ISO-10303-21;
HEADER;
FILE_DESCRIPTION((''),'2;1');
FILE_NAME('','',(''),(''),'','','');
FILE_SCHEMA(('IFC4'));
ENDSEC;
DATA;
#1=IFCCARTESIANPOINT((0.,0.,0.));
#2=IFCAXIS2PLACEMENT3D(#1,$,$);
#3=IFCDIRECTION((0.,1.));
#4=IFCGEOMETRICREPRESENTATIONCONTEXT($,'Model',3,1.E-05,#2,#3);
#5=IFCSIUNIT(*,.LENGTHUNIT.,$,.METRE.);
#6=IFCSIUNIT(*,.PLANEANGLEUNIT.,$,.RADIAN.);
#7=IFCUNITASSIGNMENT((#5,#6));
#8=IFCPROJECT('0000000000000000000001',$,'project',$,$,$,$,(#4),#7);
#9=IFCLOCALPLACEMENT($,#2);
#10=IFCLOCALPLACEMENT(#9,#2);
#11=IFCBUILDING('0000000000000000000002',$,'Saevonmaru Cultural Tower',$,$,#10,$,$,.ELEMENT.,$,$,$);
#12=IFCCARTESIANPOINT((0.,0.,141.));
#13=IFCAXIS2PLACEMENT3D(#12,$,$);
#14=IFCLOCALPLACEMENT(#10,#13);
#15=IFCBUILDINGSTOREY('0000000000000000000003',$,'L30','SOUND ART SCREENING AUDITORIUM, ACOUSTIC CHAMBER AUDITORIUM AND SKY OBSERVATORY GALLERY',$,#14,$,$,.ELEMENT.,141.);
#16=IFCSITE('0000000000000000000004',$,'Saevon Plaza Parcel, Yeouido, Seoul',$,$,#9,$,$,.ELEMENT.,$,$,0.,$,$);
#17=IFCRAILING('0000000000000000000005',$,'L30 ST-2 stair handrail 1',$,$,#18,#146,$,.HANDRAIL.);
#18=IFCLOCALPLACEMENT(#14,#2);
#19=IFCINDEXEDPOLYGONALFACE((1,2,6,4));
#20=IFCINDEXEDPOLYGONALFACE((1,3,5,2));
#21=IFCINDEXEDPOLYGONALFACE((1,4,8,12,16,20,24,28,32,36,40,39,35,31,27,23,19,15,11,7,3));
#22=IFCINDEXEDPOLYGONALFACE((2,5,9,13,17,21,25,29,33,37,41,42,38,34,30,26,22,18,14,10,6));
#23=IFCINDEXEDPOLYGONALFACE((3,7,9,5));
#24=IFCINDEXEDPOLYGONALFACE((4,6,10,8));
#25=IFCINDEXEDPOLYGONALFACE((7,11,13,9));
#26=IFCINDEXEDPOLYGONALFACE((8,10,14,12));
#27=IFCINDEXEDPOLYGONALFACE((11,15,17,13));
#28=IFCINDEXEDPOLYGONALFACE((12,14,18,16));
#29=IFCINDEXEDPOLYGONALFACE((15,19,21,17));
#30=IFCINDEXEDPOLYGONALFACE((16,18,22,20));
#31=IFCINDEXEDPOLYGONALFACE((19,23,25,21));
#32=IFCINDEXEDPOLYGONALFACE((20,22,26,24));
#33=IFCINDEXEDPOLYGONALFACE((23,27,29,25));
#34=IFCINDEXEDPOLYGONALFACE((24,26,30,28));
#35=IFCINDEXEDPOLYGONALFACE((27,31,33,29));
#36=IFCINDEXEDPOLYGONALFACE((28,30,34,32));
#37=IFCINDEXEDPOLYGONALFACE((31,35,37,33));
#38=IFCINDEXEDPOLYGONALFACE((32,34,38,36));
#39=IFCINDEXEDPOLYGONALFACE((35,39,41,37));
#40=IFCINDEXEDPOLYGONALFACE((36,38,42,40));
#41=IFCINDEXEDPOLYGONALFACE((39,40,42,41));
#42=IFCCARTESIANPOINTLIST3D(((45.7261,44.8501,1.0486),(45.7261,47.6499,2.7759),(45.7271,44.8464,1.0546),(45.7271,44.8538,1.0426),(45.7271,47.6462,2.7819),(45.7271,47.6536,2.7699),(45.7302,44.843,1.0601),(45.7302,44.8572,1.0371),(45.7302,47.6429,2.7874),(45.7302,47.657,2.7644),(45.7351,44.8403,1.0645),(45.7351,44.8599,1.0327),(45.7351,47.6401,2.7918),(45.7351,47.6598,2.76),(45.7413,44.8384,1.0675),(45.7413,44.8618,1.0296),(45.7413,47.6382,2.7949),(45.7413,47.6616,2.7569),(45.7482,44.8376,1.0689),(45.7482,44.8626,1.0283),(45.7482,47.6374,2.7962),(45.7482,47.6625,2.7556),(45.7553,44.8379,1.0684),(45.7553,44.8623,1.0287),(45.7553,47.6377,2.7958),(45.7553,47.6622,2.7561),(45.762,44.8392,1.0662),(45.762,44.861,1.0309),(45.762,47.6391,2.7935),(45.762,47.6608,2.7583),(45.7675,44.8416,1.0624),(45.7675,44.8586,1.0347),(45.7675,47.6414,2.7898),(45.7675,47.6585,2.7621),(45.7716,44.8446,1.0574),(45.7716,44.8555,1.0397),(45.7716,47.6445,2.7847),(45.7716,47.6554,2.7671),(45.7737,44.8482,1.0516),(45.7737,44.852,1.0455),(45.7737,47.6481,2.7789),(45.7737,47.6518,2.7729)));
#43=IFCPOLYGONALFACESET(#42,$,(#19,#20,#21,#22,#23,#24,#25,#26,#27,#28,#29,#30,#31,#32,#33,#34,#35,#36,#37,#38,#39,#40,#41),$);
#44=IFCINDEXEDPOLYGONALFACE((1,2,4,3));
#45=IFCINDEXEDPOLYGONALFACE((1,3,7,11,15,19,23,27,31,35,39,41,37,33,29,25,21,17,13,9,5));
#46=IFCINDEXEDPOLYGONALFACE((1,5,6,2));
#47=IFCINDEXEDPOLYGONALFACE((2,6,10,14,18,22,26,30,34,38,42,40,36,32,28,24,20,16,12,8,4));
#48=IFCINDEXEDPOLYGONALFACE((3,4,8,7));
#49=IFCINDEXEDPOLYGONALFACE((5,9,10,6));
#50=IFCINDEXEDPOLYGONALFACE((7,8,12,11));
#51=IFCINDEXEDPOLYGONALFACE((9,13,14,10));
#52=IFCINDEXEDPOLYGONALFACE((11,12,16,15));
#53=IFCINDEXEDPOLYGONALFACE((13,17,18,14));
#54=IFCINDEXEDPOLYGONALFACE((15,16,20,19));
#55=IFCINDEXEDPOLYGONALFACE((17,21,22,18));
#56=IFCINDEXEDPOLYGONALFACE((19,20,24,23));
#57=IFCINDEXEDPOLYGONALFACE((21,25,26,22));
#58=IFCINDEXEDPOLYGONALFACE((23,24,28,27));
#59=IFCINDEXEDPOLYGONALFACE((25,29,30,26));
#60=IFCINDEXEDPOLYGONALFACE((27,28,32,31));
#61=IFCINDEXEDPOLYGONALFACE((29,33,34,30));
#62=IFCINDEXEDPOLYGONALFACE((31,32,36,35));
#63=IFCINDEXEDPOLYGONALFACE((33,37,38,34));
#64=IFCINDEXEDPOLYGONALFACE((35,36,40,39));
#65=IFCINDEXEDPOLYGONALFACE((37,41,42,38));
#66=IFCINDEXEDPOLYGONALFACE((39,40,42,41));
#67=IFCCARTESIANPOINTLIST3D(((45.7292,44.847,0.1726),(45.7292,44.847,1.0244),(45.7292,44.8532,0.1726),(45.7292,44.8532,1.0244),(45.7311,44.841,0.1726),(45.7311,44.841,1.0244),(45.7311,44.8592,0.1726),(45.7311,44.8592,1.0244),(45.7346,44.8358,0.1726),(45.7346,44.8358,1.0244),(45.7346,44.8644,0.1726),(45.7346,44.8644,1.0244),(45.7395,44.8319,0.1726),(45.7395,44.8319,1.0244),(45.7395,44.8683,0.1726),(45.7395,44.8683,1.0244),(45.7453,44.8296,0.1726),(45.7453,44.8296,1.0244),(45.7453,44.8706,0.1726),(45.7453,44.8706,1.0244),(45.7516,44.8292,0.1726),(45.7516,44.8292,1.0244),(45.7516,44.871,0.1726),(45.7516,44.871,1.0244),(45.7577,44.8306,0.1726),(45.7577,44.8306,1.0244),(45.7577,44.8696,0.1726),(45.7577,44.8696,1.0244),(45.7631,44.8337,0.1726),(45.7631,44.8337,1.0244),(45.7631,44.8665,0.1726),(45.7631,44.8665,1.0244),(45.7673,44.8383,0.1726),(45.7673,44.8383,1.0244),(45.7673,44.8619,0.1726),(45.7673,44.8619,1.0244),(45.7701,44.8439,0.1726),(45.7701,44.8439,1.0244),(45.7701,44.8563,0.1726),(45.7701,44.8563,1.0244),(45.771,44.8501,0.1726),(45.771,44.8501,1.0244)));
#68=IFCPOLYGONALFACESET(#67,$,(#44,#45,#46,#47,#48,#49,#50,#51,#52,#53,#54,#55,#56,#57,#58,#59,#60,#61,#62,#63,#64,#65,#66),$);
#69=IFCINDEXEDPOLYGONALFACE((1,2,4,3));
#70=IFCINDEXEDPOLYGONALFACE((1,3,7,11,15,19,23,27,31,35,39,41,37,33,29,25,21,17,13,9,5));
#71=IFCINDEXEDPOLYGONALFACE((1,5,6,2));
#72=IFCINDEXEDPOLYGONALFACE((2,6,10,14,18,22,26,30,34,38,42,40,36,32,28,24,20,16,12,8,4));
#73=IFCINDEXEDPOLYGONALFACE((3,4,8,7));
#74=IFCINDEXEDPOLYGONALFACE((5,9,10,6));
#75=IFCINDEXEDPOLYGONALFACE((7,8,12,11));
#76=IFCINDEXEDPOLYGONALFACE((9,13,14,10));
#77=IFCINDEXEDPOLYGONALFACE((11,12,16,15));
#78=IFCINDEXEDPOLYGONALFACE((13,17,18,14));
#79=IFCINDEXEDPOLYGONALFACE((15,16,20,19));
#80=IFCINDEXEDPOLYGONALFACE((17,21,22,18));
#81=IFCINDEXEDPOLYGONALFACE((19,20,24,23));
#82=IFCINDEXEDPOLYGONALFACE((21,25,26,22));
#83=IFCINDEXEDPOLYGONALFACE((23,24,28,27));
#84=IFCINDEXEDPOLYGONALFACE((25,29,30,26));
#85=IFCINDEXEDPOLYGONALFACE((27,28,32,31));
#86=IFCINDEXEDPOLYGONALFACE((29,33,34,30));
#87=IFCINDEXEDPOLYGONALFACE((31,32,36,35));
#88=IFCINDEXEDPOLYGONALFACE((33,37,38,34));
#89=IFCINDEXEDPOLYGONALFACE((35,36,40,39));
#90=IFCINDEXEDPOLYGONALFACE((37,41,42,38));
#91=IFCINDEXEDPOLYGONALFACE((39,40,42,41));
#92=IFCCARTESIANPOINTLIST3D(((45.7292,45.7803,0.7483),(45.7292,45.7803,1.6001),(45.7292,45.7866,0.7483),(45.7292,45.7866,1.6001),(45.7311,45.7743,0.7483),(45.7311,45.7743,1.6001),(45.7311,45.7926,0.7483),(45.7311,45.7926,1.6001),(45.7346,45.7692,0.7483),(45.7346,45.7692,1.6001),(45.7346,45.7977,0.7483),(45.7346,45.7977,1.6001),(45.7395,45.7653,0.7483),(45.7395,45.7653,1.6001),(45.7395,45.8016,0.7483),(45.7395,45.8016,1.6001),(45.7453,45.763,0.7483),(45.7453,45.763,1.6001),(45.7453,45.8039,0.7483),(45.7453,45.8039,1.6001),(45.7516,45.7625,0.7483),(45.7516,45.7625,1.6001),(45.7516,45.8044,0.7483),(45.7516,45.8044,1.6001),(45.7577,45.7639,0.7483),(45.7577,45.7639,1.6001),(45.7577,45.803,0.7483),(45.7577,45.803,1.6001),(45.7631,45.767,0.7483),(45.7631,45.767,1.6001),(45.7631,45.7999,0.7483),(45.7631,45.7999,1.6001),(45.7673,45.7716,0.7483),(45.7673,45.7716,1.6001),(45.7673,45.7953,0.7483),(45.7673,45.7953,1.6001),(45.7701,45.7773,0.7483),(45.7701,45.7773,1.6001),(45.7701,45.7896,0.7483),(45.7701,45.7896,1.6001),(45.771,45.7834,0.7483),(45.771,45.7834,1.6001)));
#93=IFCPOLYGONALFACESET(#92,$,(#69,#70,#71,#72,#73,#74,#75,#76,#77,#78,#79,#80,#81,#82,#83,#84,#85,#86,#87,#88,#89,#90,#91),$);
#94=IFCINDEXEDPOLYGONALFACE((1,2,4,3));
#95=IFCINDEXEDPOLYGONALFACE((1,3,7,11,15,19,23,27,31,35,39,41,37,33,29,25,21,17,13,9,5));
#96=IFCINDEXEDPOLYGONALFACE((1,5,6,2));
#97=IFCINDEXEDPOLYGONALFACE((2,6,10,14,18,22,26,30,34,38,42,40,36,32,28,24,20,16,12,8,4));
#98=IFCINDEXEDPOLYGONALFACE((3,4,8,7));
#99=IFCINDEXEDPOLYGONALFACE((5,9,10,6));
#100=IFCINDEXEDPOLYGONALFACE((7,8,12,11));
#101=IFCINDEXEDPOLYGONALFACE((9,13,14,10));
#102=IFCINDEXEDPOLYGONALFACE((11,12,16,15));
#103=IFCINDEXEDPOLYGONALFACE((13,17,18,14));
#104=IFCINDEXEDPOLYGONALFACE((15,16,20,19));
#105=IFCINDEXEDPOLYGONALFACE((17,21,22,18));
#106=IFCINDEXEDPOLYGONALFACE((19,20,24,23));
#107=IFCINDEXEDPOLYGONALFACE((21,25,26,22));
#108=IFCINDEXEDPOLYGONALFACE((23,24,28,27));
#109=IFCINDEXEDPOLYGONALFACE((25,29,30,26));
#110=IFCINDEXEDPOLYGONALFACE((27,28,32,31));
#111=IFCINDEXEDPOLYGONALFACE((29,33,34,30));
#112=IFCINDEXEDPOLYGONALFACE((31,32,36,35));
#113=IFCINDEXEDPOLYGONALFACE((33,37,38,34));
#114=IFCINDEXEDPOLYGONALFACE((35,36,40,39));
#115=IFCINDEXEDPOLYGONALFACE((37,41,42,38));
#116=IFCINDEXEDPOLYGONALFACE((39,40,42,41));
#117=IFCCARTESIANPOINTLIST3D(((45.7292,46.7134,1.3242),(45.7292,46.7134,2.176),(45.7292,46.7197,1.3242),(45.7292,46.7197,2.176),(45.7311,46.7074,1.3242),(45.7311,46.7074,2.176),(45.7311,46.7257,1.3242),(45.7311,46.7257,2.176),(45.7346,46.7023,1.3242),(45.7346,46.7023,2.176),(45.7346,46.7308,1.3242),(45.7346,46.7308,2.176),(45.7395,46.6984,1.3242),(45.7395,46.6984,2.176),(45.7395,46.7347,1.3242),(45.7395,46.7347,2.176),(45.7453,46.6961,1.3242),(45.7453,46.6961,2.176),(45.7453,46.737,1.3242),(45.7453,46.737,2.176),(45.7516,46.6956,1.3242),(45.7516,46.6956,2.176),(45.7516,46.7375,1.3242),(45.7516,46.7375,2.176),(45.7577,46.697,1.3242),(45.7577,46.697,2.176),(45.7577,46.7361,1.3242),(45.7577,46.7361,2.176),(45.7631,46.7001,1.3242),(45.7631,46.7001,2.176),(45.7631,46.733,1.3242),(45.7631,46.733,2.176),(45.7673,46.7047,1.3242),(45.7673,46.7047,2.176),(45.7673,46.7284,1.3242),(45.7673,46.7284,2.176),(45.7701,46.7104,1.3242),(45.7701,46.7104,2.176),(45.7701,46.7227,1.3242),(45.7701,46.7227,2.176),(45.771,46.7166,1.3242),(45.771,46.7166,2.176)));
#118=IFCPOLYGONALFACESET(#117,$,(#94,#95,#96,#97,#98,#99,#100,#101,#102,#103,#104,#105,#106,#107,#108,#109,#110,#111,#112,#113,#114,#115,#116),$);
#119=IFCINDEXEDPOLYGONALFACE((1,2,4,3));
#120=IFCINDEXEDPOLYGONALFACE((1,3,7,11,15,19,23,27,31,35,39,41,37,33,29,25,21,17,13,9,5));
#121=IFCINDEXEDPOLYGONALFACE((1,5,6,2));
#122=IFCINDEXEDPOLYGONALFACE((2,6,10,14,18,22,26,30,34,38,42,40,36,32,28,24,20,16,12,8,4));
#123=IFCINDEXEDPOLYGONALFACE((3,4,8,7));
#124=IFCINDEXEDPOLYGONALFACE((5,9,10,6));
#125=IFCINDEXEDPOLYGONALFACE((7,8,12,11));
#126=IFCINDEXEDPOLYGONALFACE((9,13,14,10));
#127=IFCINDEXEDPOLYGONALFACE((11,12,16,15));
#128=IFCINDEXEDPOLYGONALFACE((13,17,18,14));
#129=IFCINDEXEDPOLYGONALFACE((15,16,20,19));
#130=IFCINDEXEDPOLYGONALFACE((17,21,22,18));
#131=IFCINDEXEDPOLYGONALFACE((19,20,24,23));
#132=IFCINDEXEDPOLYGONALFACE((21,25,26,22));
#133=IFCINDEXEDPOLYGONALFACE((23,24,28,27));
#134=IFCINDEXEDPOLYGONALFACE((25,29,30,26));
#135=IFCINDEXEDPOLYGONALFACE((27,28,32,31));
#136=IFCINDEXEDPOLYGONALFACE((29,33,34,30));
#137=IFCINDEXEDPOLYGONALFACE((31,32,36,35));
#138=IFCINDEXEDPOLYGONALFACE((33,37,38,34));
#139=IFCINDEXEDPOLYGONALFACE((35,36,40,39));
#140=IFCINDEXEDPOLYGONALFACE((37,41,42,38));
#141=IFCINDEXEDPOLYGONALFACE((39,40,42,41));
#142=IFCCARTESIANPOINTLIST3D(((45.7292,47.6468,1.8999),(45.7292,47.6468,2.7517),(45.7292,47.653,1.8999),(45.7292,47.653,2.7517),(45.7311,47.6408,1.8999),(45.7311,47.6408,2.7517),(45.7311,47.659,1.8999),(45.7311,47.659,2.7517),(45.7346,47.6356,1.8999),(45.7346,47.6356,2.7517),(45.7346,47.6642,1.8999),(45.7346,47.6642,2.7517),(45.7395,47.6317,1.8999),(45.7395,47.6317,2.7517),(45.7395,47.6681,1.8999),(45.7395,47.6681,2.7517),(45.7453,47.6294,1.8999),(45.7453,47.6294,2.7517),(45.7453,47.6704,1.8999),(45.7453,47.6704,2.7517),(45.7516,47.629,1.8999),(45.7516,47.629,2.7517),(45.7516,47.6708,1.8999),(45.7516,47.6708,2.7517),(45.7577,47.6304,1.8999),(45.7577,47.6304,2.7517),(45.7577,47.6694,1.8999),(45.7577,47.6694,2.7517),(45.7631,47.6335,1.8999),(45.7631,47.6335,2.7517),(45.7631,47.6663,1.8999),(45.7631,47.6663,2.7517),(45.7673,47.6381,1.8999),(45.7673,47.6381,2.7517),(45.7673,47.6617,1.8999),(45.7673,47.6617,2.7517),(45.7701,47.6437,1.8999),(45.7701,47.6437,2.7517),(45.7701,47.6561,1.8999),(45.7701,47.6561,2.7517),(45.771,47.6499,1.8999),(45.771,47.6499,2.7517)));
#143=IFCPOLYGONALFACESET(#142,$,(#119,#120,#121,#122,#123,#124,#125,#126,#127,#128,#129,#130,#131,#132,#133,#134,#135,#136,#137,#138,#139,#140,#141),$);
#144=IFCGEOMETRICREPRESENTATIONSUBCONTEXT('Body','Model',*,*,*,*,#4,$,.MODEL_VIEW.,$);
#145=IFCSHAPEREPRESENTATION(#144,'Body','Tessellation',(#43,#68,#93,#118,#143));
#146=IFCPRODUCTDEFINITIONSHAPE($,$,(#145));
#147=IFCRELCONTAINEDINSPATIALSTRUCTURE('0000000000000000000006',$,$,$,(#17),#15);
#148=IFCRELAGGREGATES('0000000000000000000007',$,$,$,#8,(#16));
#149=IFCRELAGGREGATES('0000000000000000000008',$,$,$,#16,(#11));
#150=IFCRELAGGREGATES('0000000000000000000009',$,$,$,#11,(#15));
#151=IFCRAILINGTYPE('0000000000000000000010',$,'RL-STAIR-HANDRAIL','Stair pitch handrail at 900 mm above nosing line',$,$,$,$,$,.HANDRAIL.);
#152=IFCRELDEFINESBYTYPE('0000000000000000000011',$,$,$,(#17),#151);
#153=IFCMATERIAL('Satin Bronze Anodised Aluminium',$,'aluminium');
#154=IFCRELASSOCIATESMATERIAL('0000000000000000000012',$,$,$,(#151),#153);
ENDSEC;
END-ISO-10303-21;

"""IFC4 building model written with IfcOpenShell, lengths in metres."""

from ifc_helpers import new_model, si_unit, direction, frame, origin, origin_2d, place, context, subcontext, project, spatial, circle, extrude, material, type_object, element, save


model = new_model("IFC4")

# Units and contexts
model_context = context("Model", 3, precision=1e-05, world=origin(), true_north=direction((0.0, 1.0)))
body_context = subcontext(model_context, "Body", "Model", "MODEL_VIEW")
ifc_project = project(units=[si_unit("LENGTHUNIT", "METRE"), si_unit("PLANEANGLEUNIT", "RADIAN")], contexts=[model_context])

# Site, building, storey
site_placement = place(None, origin())
site = spatial("IfcSite", under=ifc_project, at=site_placement, Name="Saevon Plaza Parcel, Yeouido, Seoul", CompositionType="ELEMENT", RefElevation=0.0)
building_placement = place(site_placement, origin())
building = spatial("IfcBuilding", under=site, at=building_placement, Name="Saevonmaru Cultural Tower", CompositionType="ELEMENT")
storey_placement = place(building_placement, frame((0.0, 0.0, 141.0)))
storey = spatial("IfcBuildingStorey", under=building, at=storey_placement, Name="L30", Description="SOUND ART SCREENING AUDITORIUM, ACOUSTIC CHAMBER AUDITORIUM AND SKY OBSERVATORY GALLERY", CompositionType="ELEMENT", Elevation=141.0)

# Shared definitions
ifc_material_1 = material(Name="Satin Bronze Anodised Aluminium", Category="aluminium")

# Railing
railing_type_1 = type_object("IfcRailingType", Name="RL-STAIR-HANDRAIL", Description="Stair pitch handrail at 900 mm above nosing line", PredefinedType="HANDRAIL", material=ifc_material_1)
railing_1_placement = place(storey_placement, frame((45.75, 44.8501, 0.1726)))
element("IfcRailing", 1, at=railing_1_placement, inside=storey, type_object=railing_type_1, Name="L30 ST-2 stair handrail 1", PredefinedType="HANDRAIL", context=body_context, shape_type="SweptSolid", body=[
    extrude(circle(Radius=0.0239, at=origin_2d()), frame((0.0, 0.0, 0.876), z_axis=(0.0, 0.851069, 0.525054), x_axis=(-1.0, 0.0, 0.0)), (0.0, 0.0, 1.0), 3.2898),
    extrude(circle(Radius=0.021, at=origin_2d()), origin(), (0.0, 0.0, 1.0), 0.8518),
    extrude(circle(Radius=0.021, at=origin_2d()), frame((0.0, 0.9333, 0.5757)), (0.0, 0.0, 1.0), 0.8518),
    extrude(circle(Radius=0.021, at=origin_2d()), frame((0.0, 1.8665, 1.1516)), (0.0, 0.0, 1.0), 0.8518),
    extrude(circle(Radius=0.021, at=origin_2d()), frame((0.0, 2.7998, 1.7273)), (0.0, 0.0, 1.0), 0.8518),
])

save(model, "model.ifc")
